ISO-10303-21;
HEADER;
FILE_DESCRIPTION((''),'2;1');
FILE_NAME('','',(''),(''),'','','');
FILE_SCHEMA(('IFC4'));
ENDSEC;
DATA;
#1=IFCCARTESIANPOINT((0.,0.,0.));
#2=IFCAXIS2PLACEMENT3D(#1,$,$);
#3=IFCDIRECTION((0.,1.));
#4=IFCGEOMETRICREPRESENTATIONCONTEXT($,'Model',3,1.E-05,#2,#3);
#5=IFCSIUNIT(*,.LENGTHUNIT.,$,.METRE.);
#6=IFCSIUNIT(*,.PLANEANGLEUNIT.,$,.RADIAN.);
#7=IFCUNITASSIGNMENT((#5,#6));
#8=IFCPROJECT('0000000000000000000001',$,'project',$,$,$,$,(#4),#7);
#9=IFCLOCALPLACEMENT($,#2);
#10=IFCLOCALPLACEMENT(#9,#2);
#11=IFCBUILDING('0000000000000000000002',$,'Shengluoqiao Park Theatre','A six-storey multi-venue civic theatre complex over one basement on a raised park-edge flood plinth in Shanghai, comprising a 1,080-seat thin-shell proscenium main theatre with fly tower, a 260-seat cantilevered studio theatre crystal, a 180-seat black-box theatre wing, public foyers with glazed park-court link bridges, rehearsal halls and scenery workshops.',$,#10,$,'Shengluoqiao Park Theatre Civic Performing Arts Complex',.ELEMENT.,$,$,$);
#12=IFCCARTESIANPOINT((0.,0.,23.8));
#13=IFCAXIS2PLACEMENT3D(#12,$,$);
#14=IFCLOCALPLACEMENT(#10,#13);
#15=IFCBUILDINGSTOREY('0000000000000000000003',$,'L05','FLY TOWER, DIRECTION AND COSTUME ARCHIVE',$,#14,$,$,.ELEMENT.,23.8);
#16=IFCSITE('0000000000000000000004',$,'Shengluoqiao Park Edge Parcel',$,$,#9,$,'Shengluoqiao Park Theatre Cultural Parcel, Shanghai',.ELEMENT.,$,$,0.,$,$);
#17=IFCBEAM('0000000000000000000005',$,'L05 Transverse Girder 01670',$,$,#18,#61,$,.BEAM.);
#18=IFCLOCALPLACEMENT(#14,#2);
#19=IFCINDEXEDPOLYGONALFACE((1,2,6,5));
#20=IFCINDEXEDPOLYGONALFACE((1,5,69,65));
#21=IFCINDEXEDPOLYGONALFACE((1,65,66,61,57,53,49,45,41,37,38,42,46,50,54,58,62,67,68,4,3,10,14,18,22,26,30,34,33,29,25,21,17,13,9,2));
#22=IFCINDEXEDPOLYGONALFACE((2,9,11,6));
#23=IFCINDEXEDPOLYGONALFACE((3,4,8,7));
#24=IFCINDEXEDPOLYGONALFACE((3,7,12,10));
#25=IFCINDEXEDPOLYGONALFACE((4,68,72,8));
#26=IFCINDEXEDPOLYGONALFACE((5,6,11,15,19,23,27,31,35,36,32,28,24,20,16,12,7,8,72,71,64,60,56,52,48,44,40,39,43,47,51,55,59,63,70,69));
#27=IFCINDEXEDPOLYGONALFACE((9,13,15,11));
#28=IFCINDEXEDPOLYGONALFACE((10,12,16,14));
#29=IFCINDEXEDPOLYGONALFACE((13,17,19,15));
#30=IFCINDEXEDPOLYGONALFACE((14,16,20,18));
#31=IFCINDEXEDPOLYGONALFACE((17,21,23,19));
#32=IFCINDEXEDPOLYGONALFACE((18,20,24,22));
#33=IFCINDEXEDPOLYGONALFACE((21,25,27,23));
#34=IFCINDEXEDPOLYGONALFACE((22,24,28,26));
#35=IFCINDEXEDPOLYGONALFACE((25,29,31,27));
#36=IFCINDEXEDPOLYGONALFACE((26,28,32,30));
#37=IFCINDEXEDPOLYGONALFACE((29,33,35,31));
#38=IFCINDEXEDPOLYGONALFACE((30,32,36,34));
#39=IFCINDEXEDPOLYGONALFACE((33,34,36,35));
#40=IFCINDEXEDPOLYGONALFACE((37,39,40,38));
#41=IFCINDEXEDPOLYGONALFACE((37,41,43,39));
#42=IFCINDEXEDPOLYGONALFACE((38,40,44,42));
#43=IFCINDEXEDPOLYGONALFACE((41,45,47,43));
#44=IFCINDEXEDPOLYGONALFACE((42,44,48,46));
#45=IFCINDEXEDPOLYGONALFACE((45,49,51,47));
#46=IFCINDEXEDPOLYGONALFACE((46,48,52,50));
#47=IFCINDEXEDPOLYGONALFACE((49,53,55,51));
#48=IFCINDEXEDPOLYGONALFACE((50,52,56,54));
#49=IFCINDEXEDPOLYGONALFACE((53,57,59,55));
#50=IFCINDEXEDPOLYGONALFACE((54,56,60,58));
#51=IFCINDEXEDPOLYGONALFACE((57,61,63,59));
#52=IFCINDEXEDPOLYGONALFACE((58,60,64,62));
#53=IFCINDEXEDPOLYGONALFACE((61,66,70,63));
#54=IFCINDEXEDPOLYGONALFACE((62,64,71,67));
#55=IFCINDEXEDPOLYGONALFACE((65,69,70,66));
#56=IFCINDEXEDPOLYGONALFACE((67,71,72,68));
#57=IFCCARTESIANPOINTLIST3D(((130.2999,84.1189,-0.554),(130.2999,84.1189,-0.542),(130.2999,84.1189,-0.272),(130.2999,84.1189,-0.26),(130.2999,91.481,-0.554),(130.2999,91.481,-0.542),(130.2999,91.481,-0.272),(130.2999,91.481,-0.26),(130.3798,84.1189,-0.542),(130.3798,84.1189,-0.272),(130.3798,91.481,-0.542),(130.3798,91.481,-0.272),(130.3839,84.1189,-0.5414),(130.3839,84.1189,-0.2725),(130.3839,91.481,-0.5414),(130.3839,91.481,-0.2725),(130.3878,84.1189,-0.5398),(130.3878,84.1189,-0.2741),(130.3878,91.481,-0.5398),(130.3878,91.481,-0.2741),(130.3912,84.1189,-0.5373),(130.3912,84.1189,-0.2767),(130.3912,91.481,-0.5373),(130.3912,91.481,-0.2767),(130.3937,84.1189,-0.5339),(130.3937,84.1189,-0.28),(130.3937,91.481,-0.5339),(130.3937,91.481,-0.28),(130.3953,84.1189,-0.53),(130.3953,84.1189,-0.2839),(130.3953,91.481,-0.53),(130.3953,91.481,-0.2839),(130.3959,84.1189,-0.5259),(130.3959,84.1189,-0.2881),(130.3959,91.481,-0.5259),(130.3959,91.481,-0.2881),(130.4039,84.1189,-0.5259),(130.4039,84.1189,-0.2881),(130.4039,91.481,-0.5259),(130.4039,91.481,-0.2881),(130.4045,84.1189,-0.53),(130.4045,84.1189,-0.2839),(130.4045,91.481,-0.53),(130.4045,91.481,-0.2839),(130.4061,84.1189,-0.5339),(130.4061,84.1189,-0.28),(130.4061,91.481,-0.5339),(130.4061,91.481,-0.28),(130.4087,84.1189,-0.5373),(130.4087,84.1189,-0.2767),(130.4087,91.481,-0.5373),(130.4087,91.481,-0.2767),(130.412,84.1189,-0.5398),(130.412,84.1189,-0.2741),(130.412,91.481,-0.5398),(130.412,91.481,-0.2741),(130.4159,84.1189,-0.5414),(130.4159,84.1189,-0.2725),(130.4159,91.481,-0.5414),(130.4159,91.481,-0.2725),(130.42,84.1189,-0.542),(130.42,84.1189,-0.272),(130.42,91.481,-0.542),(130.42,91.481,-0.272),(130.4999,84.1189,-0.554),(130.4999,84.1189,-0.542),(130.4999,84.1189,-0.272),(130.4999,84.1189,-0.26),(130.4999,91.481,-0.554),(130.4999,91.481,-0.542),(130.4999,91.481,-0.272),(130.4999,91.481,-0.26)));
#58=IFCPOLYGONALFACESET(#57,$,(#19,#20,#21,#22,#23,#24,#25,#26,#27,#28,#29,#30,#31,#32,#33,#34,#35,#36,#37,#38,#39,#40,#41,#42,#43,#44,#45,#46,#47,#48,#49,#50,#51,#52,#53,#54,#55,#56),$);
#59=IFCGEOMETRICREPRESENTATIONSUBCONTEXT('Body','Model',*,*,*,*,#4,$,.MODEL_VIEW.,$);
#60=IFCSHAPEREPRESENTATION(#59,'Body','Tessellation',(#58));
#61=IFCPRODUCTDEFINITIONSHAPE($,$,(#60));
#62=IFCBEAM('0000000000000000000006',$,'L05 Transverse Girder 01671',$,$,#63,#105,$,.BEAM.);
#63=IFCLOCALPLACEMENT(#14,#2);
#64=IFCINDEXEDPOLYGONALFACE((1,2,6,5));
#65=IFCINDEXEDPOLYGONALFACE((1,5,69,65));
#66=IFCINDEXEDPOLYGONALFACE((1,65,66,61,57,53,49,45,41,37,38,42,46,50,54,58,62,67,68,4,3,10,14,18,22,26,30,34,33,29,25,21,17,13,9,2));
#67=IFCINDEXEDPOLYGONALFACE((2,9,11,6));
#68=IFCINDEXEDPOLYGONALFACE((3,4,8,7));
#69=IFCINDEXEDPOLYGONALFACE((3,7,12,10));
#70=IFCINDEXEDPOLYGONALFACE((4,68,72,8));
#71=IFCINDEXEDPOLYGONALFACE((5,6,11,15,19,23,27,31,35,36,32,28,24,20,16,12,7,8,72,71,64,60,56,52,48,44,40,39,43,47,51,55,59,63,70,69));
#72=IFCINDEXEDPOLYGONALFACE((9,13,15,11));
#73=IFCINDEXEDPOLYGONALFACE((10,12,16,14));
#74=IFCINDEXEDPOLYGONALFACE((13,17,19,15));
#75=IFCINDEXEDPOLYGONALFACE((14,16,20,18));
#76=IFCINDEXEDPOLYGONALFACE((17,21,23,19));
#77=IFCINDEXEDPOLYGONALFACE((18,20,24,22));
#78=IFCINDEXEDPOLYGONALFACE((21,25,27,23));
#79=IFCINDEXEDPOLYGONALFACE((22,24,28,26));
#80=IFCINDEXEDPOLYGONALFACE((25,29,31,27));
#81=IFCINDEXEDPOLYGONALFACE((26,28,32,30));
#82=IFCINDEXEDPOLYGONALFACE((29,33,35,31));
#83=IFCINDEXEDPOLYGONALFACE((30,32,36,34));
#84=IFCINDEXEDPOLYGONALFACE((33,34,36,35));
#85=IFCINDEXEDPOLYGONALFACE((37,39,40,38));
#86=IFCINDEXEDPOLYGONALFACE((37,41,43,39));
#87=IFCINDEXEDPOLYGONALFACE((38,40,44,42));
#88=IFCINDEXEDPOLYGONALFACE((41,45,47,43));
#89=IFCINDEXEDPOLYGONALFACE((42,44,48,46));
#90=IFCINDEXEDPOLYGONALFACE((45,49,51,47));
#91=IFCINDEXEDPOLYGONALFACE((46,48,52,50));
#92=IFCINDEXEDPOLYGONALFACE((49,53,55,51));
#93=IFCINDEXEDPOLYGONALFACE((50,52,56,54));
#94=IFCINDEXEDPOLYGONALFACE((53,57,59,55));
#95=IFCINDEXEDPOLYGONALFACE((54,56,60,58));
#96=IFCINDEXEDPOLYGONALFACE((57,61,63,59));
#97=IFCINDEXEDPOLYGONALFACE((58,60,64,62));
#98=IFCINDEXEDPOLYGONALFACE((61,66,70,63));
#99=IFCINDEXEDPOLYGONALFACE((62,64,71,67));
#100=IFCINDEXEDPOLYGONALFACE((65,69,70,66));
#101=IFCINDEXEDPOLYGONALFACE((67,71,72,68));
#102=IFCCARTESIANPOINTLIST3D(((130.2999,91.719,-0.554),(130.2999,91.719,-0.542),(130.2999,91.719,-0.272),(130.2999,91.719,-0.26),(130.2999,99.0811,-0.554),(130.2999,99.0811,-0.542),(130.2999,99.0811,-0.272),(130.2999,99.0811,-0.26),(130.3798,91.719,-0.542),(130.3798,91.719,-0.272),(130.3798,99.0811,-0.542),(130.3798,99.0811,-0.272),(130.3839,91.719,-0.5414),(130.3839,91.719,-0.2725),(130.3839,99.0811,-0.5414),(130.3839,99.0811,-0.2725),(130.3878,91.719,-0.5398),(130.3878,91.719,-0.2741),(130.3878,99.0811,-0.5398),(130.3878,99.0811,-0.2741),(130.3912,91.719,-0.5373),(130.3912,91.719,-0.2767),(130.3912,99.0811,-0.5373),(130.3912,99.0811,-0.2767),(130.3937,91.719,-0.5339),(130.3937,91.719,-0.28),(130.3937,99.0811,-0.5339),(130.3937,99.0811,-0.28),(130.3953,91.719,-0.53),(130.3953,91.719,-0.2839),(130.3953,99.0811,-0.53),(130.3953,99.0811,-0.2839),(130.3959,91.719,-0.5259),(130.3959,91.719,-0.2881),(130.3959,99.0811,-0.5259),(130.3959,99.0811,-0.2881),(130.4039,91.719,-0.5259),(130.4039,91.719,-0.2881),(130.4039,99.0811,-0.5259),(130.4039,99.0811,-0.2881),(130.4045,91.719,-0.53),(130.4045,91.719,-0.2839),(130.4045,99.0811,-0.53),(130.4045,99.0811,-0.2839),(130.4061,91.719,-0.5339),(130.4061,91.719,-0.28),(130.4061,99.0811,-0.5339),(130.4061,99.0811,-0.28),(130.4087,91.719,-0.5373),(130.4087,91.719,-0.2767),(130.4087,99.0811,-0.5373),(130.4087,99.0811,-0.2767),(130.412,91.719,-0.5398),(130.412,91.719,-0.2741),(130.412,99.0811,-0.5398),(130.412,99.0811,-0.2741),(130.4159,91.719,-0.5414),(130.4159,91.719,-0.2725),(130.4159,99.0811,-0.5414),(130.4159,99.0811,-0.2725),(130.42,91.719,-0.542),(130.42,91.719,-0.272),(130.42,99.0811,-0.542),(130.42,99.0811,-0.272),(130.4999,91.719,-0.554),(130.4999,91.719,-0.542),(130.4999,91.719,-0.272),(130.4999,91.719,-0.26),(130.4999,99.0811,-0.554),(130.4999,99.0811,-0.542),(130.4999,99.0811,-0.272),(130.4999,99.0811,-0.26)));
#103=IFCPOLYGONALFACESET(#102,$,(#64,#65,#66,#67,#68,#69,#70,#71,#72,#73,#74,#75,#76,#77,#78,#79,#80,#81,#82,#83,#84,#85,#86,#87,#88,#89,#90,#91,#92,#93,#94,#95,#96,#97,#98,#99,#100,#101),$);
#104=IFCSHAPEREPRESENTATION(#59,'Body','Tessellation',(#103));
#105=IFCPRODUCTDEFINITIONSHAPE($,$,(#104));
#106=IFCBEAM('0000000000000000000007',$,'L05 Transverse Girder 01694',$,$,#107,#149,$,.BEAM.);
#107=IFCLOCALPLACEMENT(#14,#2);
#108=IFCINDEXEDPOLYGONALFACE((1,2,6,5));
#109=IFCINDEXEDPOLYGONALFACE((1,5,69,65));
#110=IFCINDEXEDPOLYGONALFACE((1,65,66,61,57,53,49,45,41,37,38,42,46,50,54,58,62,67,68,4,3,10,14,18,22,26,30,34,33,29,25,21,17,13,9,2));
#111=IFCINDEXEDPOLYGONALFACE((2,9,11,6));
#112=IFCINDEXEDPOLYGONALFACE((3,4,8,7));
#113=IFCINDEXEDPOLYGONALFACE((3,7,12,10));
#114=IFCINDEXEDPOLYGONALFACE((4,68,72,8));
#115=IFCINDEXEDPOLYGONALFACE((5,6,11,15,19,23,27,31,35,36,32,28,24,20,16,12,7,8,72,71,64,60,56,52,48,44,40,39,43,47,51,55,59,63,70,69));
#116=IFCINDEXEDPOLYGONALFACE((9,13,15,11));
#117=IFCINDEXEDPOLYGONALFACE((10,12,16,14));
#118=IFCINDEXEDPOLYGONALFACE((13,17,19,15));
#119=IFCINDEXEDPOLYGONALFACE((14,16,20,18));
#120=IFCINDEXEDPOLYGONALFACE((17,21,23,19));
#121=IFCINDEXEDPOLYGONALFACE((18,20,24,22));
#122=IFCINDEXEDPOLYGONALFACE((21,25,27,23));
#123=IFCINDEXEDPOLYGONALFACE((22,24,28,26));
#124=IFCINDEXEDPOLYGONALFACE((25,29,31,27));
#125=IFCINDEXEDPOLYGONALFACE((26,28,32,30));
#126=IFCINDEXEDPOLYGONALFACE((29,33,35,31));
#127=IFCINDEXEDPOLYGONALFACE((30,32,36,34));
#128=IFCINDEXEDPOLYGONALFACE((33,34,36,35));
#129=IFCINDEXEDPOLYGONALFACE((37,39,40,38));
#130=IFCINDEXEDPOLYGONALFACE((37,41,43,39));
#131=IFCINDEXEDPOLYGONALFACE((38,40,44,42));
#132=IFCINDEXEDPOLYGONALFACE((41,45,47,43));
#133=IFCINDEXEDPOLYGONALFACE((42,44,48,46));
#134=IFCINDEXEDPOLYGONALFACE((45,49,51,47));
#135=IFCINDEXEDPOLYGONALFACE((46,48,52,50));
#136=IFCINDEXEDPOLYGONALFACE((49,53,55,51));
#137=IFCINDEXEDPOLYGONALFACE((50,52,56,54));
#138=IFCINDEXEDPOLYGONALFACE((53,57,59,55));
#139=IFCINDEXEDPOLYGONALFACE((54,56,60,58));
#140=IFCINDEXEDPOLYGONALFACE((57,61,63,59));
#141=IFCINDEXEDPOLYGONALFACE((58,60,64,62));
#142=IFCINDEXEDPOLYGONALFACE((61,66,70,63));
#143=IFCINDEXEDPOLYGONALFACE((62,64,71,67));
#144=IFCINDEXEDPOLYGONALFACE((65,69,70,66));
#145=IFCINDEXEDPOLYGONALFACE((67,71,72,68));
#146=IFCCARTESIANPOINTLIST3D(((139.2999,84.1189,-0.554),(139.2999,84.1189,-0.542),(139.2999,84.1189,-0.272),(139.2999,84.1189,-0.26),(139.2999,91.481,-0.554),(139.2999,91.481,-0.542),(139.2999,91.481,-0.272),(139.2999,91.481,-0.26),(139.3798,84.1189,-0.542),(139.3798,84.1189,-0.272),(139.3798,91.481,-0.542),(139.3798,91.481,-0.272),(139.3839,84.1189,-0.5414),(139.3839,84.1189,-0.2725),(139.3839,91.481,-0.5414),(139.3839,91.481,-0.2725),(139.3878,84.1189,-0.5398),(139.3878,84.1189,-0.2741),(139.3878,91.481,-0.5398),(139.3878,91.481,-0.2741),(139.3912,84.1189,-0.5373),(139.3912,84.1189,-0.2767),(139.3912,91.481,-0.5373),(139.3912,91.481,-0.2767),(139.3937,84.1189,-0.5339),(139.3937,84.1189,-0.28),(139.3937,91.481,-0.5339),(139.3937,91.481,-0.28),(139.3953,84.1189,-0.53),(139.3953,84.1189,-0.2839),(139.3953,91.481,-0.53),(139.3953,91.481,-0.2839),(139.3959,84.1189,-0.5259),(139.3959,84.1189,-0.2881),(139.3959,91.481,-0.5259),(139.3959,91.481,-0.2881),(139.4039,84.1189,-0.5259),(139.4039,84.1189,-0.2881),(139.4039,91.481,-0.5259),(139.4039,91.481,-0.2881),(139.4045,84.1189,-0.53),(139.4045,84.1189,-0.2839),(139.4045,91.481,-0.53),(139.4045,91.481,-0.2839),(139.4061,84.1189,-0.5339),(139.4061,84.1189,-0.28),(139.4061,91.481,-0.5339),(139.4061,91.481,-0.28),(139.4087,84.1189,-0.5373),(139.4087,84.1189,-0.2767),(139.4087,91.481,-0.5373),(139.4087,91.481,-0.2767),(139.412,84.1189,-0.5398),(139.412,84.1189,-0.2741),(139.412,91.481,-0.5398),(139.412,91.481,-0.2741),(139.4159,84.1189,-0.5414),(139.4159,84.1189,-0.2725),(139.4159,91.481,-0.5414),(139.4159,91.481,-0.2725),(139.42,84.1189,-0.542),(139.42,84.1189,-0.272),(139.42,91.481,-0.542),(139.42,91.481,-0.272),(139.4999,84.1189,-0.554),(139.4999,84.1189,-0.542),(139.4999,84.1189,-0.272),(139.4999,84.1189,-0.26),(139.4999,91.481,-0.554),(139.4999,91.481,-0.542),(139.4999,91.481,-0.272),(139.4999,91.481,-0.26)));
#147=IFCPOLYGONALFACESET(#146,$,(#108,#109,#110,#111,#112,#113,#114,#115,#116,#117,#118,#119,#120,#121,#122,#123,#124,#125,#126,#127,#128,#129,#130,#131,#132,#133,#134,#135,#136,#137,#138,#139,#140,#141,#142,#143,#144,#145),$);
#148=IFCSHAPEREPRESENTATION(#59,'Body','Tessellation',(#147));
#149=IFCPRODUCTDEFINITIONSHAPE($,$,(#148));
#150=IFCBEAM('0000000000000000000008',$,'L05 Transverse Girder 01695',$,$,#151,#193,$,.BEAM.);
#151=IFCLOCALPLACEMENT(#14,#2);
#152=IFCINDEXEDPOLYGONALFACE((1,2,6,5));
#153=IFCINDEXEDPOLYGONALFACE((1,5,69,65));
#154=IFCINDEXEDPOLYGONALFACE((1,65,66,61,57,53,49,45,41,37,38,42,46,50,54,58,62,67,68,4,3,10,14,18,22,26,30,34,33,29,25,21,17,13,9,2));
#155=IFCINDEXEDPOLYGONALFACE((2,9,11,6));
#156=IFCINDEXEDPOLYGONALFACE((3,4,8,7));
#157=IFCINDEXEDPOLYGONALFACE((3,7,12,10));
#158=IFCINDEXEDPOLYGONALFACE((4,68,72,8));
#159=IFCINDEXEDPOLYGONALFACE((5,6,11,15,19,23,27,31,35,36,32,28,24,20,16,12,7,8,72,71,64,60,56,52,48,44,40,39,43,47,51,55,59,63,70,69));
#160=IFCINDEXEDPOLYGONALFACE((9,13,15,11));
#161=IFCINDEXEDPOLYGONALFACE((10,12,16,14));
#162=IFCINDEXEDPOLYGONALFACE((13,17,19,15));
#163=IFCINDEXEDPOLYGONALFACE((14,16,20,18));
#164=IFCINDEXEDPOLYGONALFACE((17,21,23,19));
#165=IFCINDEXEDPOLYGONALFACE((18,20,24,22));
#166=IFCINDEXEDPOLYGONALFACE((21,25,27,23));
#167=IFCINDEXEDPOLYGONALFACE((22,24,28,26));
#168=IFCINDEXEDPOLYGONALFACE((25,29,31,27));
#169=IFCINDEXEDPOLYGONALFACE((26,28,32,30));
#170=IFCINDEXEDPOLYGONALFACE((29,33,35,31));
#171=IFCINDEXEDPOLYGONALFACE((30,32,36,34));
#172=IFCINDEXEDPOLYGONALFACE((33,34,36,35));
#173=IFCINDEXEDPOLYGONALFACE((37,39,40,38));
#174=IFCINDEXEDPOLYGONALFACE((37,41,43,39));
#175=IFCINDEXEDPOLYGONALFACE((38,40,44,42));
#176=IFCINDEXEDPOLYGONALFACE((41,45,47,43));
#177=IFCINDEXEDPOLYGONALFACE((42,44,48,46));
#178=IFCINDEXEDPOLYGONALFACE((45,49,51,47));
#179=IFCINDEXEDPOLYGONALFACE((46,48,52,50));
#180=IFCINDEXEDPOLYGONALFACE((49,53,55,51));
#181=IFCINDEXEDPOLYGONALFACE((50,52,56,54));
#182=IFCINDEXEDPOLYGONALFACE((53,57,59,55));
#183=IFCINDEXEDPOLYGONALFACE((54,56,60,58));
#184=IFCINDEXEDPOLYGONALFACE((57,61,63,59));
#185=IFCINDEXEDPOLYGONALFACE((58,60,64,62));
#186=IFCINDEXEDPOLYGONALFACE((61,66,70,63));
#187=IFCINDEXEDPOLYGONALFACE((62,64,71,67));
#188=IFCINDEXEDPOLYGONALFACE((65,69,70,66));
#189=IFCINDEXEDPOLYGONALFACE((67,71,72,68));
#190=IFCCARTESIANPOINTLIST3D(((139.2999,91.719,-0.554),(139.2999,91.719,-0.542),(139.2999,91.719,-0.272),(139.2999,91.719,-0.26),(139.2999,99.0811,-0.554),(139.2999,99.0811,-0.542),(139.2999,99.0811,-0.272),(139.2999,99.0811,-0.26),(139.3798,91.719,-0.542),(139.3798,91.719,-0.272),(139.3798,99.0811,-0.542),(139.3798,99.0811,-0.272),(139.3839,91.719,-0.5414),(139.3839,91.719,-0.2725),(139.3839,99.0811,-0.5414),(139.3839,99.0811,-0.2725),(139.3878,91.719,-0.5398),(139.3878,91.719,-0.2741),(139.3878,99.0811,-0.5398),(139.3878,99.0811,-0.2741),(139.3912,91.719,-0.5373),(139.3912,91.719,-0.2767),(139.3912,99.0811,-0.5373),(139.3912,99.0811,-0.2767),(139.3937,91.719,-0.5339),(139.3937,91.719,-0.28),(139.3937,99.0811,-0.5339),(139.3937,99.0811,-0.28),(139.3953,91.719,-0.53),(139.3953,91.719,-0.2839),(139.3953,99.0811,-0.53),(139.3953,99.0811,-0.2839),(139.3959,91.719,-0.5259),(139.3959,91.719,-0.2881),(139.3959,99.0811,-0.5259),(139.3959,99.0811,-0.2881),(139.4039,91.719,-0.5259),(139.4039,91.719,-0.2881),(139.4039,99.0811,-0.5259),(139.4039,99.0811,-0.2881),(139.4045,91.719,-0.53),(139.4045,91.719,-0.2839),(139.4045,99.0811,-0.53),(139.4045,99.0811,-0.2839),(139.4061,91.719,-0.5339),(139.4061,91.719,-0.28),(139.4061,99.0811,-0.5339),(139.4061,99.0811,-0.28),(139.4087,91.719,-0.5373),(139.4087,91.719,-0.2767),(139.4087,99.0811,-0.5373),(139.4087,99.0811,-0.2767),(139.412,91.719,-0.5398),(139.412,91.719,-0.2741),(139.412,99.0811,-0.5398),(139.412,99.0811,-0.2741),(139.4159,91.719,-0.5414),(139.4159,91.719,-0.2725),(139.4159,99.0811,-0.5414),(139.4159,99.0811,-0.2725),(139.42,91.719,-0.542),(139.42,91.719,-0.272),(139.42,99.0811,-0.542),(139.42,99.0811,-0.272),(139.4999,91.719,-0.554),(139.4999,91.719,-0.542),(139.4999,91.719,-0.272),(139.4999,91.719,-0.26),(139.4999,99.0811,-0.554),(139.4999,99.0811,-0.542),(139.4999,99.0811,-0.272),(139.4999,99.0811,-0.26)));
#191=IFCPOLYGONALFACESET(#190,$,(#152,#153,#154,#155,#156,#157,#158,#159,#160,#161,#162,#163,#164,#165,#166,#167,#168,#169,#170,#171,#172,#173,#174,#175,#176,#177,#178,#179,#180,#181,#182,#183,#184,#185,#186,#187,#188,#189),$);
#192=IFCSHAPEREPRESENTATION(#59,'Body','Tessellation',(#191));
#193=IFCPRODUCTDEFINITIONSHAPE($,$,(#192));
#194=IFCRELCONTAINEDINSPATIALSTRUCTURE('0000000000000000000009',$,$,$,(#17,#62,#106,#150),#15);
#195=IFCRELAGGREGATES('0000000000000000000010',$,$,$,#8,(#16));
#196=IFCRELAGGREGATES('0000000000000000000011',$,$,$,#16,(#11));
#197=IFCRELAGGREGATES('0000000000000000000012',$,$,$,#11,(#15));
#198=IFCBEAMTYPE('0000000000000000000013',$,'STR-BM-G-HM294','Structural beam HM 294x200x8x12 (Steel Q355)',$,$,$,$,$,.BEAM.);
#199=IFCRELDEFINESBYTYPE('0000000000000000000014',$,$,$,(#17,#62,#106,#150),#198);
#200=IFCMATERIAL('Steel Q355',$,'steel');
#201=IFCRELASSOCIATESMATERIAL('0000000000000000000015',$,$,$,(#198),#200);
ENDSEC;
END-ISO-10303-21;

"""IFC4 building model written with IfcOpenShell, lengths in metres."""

from ifc_helpers import new_model, si_unit, direction, frame, origin, origin_2d, place, context, subcontext, project, spatial, i_section, extrude, material, material_profile, profile_set, type_object, element, save


model = new_model("IFC4")

# Units and contexts
model_context = context("Model", 3, precision=1e-05, world=origin(), true_north=direction((0.0, 1.0)))
body_context = subcontext(model_context, "Body", "Model", "MODEL_VIEW")
ifc_project = project(units=[si_unit("LENGTHUNIT", "METRE"), si_unit("PLANEANGLEUNIT", "RADIAN")], contexts=[model_context])

# Site, building, storey
site_placement = place(None, origin())
site = spatial("IfcSite", under=ifc_project, at=site_placement, Name="Shengluoqiao Park Edge Parcel", LongName="Shengluoqiao Park Theatre Cultural Parcel, Shanghai", CompositionType="ELEMENT", RefElevation=0.0)
building_placement = place(site_placement, origin())
building = spatial("IfcBuilding", under=site, at=building_placement, Name="Shengluoqiao Park Theatre", Description="A six-storey multi-venue civic theatre complex over one basement on a raised park-edge flood plinth in Shanghai, comprising a 1,080-seat thin-shell proscenium main theatre with fly tower, a 260-seat cantilevered studio theatre crystal, a 180-seat black-box theatre wing, public foyers with glazed park-court link bridges, rehearsal halls and scenery workshops.", LongName="Shengluoqiao Park Theatre Civic Performing Arts Complex", CompositionType="ELEMENT")
storey_placement = place(building_placement, frame((0.0, 0.0, 23.8)))
storey = spatial("IfcBuildingStorey", under=building, at=storey_placement, Name="L05", Description="FLY TOWER, DIRECTION AND COSTUME ARCHIVE", CompositionType="ELEMENT", Elevation=23.8)

# Shared definitions
ifc_material_1 = material(Name="Steel Q355", Category="steel")

# Beams
ifc_material_profile_1 = material_profile(ifc_material_1, i_section(OverallWidth=0.2, OverallDepth=0.2939, WebThickness=0.0081, FlangeThickness=0.012, FilletRadius=0.0161, at=origin_2d()), Name="HM 294x200x8x12")
ifc_profile_set_1 = profile_set([ifc_material_profile_1], Name="Steel Q355")
beam_type_1 = type_object("IfcBeamType", Name="STR-BM-G-HM294", Description="Structural beam HM 294x200x8x12 (Steel Q355)", PredefinedType="BEAM", material=ifc_profile_set_1)
for number, where, z_axis, x_axis, name in (
    (1, (130.3999, 84.1189, -0.407), (0.0, 1.0, 0.0), (-1.0, 0.0, 0.0), "L05 Transverse Girder 01670"),
    (2, (130.3999, 91.719, -0.407), (0.0, 1.0, 0.0), (-1.0, 0.0, 0.0), "L05 Transverse Girder 01671"),
    (3, (139.3999, 84.1189, -0.407), (0.0, 1.0, 0.0), (-1.0, 0.0, 0.0), "L05 Transverse Girder 01694"),
    (4, (139.3999, 91.719, -0.407), (0.0, 1.0, 0.0), (-1.0, 0.0, 0.0), "L05 Transverse Girder 01695"),
):
    element("IfcBeam", number, at=place(storey_placement, frame(where, z_axis=z_axis, x_axis=x_axis)), inside=storey, type_object=beam_type_1, Name=name, PredefinedType="BEAM", context=body_context, shape_type="SweptSolid", body=[
        extrude(i_section(OverallWidth=0.2, OverallDepth=0.2939, WebThickness=0.0081, FlangeThickness=0.012, FilletRadius=0.0161, at=origin_2d()), origin(), (0.0, 0.0, 1.0), 7.3621),
    ])

save(model, "model.ifc")
